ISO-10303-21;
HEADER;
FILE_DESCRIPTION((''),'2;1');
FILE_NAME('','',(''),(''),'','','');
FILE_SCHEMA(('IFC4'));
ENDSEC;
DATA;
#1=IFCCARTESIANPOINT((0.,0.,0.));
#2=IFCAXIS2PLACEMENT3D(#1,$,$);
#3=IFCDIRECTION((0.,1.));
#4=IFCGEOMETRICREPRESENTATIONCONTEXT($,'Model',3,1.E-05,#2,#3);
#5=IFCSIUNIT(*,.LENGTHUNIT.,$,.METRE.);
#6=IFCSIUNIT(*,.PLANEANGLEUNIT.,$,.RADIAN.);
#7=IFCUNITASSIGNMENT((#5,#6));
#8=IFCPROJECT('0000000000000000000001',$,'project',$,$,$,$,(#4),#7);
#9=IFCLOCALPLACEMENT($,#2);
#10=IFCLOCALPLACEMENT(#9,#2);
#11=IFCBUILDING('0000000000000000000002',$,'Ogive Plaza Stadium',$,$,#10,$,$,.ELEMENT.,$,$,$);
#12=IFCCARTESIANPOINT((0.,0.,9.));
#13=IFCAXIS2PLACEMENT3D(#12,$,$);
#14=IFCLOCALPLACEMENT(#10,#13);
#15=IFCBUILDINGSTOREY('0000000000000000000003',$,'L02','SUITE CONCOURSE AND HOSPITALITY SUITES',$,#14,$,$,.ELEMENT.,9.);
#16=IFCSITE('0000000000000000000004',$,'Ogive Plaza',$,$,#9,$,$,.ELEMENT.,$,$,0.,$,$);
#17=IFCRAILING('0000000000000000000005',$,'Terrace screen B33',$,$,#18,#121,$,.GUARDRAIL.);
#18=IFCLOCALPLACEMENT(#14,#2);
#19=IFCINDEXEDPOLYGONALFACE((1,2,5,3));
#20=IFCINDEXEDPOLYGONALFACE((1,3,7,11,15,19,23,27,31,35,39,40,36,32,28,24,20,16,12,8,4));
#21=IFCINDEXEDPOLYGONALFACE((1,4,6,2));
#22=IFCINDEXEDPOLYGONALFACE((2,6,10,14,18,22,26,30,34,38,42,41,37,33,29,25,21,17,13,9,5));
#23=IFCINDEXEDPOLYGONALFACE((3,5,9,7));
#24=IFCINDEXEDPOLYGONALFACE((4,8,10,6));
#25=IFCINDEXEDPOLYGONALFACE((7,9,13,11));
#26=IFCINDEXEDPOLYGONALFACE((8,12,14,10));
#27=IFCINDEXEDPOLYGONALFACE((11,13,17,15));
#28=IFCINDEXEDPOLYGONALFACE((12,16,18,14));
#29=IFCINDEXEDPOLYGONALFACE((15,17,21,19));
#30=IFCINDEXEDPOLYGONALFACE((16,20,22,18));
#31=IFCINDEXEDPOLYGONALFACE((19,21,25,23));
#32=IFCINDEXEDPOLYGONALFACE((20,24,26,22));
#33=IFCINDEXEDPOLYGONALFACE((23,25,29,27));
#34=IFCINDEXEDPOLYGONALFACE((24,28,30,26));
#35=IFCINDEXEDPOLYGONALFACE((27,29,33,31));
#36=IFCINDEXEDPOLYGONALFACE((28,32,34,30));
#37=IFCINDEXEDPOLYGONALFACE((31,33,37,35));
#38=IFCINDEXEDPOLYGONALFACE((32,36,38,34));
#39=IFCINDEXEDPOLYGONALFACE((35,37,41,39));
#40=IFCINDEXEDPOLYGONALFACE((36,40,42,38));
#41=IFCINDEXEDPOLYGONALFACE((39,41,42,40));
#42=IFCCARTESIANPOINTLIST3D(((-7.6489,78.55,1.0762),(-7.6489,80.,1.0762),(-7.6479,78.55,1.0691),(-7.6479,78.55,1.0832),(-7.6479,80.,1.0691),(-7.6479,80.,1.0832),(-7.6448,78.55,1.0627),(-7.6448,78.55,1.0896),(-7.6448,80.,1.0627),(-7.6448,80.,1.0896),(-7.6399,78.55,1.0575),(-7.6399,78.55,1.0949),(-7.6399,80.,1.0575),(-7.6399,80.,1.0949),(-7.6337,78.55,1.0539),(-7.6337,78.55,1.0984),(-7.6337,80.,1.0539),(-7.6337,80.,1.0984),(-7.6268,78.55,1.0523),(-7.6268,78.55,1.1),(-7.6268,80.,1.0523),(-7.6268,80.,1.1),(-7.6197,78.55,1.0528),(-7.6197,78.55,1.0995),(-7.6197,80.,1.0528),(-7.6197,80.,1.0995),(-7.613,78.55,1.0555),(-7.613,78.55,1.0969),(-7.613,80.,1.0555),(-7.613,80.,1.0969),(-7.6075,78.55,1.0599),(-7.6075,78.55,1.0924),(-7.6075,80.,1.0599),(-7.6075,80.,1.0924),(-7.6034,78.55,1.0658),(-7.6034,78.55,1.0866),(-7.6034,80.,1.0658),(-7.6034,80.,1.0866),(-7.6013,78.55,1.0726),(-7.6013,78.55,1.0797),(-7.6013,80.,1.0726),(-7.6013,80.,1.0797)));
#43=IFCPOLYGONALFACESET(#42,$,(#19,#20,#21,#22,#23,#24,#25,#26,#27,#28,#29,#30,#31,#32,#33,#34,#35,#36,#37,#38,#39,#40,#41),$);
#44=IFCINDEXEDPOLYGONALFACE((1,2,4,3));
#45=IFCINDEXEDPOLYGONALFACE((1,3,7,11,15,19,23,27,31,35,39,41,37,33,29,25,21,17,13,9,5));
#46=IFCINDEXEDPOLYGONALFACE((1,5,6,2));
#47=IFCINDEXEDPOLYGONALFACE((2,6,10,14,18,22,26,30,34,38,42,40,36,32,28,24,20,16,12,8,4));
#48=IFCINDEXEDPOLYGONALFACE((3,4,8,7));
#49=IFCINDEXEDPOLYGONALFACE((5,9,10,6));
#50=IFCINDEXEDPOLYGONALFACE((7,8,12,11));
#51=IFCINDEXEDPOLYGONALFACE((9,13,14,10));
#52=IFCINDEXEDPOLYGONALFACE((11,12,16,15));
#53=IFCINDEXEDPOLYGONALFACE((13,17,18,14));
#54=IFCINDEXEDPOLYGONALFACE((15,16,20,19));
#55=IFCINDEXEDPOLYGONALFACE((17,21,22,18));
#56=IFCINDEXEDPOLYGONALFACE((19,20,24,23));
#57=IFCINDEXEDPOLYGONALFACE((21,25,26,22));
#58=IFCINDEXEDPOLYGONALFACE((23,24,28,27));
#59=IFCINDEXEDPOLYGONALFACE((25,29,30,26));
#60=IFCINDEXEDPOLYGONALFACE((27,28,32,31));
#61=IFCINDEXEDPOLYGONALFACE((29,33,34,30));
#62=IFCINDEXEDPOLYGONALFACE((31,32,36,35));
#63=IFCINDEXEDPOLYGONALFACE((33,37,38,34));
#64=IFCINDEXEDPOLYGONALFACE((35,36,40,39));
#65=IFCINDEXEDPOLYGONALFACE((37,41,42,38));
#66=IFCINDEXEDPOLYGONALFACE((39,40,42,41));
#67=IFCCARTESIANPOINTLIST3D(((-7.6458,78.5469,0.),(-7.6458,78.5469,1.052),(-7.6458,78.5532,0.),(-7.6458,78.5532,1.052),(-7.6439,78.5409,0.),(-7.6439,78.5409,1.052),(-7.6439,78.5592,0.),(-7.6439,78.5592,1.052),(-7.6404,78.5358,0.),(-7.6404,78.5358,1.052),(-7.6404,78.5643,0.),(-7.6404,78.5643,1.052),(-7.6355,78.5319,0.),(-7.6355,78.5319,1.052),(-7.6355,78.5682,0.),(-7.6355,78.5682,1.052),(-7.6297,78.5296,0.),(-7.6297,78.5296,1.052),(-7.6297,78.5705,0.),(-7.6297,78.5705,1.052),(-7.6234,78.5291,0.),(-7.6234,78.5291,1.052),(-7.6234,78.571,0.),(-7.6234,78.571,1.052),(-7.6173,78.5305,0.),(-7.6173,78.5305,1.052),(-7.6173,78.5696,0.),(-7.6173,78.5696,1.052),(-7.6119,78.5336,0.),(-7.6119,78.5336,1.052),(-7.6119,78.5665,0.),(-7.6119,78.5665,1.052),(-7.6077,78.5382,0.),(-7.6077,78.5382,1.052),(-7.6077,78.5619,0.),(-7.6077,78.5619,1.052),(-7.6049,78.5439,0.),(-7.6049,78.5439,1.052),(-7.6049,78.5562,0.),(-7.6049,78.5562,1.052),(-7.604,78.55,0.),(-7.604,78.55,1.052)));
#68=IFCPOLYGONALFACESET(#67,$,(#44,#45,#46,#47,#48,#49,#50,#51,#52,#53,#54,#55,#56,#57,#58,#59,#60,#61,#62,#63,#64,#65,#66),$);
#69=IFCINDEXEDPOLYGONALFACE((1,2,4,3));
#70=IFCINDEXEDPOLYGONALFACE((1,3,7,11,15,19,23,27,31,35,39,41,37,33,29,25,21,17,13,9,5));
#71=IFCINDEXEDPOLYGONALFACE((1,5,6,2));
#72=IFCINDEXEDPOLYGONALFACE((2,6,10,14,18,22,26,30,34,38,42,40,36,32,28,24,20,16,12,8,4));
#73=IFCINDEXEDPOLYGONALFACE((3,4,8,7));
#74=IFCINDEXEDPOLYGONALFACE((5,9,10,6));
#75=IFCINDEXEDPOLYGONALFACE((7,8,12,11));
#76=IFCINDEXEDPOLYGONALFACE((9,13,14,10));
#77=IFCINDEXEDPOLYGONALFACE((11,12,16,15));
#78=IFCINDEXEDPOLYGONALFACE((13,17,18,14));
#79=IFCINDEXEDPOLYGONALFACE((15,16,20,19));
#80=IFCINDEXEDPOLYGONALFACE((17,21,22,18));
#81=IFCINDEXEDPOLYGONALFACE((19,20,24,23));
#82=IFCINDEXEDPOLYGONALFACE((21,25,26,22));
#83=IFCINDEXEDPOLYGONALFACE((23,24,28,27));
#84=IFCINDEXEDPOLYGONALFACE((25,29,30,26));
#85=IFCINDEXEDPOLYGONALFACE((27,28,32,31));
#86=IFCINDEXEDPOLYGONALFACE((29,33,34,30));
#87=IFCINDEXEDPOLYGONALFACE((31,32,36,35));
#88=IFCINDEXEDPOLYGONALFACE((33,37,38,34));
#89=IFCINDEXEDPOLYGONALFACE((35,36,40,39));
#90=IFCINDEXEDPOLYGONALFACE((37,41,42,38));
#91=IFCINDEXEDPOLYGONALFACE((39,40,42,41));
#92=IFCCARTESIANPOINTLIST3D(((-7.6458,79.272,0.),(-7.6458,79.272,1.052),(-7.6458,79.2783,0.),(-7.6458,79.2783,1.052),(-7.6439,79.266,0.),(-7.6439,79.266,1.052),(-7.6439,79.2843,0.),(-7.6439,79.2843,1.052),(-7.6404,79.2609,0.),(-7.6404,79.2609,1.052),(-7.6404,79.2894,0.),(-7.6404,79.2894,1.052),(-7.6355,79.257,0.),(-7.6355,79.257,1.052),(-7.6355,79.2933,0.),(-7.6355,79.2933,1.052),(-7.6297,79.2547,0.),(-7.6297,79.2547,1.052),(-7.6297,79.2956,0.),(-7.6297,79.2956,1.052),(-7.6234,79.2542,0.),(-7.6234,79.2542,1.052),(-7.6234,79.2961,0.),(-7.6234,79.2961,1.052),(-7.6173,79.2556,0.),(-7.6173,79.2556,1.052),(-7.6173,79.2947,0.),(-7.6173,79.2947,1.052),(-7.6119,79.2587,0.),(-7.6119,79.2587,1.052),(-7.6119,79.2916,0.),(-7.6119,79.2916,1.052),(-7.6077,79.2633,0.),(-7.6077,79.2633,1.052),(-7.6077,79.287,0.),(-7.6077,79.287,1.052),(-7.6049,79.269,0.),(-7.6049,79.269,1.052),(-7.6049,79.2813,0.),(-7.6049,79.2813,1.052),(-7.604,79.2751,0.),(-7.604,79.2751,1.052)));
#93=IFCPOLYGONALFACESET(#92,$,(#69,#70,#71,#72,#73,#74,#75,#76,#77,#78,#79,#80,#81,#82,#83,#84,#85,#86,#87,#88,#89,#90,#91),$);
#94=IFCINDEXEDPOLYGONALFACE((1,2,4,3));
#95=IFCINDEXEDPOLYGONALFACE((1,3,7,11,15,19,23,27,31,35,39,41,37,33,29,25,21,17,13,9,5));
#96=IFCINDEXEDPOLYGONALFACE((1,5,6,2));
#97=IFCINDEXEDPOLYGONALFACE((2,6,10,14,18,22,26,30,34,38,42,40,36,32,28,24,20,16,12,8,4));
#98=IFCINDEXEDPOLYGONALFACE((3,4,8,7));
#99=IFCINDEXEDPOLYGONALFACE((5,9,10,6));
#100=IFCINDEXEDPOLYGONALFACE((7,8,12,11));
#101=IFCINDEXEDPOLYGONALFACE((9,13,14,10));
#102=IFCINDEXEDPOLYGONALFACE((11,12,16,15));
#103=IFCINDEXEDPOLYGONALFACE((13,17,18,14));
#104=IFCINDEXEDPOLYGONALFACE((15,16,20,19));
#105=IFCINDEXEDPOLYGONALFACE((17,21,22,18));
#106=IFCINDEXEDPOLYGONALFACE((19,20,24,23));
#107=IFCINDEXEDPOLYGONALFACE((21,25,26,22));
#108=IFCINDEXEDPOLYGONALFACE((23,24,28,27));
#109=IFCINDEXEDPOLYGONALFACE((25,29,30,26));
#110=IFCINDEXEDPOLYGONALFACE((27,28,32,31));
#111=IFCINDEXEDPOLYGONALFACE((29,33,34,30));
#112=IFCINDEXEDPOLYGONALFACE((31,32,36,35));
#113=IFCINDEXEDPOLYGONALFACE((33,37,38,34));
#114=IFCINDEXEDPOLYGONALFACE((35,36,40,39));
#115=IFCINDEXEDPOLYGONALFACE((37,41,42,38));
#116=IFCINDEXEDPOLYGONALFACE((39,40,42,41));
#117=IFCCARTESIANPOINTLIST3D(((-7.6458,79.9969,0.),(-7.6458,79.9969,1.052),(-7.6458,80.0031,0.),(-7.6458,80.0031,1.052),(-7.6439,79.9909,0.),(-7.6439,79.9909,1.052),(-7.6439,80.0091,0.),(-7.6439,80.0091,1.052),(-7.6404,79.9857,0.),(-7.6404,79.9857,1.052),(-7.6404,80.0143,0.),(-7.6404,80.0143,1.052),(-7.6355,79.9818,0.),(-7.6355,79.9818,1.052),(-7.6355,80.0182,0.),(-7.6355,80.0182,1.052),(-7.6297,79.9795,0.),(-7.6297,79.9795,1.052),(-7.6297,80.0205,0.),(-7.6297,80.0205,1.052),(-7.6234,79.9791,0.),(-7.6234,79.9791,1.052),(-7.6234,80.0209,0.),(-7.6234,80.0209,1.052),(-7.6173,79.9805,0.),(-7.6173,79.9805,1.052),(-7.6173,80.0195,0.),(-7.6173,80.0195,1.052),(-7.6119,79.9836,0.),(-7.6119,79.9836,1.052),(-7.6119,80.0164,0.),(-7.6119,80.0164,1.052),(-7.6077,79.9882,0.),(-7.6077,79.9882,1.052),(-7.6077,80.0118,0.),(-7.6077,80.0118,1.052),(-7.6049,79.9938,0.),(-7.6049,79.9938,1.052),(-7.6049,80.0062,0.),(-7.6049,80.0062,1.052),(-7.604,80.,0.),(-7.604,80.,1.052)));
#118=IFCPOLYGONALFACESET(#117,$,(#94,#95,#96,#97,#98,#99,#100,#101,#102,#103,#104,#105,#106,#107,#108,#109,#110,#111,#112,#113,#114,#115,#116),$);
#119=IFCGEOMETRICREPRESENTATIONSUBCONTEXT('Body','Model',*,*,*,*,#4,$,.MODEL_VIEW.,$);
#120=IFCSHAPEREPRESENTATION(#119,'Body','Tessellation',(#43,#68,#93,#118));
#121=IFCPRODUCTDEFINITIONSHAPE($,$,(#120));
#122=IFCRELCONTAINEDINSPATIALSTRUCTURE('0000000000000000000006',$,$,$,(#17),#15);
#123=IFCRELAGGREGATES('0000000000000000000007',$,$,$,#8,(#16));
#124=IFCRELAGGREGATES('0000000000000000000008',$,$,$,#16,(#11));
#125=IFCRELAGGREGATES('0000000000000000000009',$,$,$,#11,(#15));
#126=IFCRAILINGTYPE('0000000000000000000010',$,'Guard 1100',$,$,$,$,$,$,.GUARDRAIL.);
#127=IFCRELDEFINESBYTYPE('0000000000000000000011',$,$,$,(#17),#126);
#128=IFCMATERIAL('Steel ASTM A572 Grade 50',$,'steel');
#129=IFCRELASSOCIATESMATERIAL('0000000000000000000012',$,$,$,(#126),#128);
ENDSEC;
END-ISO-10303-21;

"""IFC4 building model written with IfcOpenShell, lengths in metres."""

from ifc_helpers import new_model, si_unit, direction, frame, origin, origin_2d, place, context, subcontext, project, spatial, circle, extrude, material, type_object, element, save


model = new_model("IFC4")

# Units and contexts
model_context = context("Model", 3, precision=1e-05, world=origin(), true_north=direction((0.0, 1.0)))
body_context = subcontext(model_context, "Body", "Model", "MODEL_VIEW")
ifc_project = project(units=[si_unit("LENGTHUNIT", "METRE"), si_unit("PLANEANGLEUNIT", "RADIAN")], contexts=[model_context])

# Site, building, storey
site_placement = place(None, origin())
site = spatial("IfcSite", under=ifc_project, at=site_placement, Name="Ogive Plaza", CompositionType="ELEMENT", RefElevation=0.0)
building_placement = place(site_placement, origin())
building = spatial("IfcBuilding", under=site, at=building_placement, Name="Ogive Plaza Stadium", CompositionType="ELEMENT")
storey_placement = place(building_placement, frame((0.0, 0.0, 9.0)))
storey = spatial("IfcBuildingStorey", under=building, at=storey_placement, Name="L02", Description="SUITE CONCOURSE AND HOSPITALITY SUITES", CompositionType="ELEMENT", Elevation=9.0)

# Railing
ifc_material_1 = material(Name="Steel ASTM A572 Grade 50", Category="steel")
railing_type = type_object("IfcRailingType", Name="Guard 1100", PredefinedType="GUARDRAIL", material=ifc_material_1)
railing_1_placement = place(storey_placement, frame((-7.625, 78.55, 0.0)))
element("IfcRailing", 1, at=railing_1_placement, inside=storey, type_object=railing_type, Name="Terrace screen B33", PredefinedType="GUARDRAIL", context=body_context, shape_type="SweptSolid", body=[
    extrude(circle(Radius=0.0239, at=origin_2d()), frame((0.0, 0.0, 1.0762), z_axis=(0.0, 1.0, 0.0), x_axis=(-1.0, 0.0, 0.0)), (0.0, 0.0, 1.0), 1.45),
    extrude(circle(Radius=0.021, at=origin_2d()), origin(), (0.0, 0.0, 1.0), 1.052),
    extrude(circle(Radius=0.021, at=origin_2d()), frame((0.0, 0.7251, 0.0)), (0.0, 0.0, 1.0), 1.052),
    extrude(circle(Radius=0.021, at=origin_2d()), frame((0.0, 1.45, 0.0)), (0.0, 0.0, 1.0), 1.052),
])

save(model, "model.ifc")
